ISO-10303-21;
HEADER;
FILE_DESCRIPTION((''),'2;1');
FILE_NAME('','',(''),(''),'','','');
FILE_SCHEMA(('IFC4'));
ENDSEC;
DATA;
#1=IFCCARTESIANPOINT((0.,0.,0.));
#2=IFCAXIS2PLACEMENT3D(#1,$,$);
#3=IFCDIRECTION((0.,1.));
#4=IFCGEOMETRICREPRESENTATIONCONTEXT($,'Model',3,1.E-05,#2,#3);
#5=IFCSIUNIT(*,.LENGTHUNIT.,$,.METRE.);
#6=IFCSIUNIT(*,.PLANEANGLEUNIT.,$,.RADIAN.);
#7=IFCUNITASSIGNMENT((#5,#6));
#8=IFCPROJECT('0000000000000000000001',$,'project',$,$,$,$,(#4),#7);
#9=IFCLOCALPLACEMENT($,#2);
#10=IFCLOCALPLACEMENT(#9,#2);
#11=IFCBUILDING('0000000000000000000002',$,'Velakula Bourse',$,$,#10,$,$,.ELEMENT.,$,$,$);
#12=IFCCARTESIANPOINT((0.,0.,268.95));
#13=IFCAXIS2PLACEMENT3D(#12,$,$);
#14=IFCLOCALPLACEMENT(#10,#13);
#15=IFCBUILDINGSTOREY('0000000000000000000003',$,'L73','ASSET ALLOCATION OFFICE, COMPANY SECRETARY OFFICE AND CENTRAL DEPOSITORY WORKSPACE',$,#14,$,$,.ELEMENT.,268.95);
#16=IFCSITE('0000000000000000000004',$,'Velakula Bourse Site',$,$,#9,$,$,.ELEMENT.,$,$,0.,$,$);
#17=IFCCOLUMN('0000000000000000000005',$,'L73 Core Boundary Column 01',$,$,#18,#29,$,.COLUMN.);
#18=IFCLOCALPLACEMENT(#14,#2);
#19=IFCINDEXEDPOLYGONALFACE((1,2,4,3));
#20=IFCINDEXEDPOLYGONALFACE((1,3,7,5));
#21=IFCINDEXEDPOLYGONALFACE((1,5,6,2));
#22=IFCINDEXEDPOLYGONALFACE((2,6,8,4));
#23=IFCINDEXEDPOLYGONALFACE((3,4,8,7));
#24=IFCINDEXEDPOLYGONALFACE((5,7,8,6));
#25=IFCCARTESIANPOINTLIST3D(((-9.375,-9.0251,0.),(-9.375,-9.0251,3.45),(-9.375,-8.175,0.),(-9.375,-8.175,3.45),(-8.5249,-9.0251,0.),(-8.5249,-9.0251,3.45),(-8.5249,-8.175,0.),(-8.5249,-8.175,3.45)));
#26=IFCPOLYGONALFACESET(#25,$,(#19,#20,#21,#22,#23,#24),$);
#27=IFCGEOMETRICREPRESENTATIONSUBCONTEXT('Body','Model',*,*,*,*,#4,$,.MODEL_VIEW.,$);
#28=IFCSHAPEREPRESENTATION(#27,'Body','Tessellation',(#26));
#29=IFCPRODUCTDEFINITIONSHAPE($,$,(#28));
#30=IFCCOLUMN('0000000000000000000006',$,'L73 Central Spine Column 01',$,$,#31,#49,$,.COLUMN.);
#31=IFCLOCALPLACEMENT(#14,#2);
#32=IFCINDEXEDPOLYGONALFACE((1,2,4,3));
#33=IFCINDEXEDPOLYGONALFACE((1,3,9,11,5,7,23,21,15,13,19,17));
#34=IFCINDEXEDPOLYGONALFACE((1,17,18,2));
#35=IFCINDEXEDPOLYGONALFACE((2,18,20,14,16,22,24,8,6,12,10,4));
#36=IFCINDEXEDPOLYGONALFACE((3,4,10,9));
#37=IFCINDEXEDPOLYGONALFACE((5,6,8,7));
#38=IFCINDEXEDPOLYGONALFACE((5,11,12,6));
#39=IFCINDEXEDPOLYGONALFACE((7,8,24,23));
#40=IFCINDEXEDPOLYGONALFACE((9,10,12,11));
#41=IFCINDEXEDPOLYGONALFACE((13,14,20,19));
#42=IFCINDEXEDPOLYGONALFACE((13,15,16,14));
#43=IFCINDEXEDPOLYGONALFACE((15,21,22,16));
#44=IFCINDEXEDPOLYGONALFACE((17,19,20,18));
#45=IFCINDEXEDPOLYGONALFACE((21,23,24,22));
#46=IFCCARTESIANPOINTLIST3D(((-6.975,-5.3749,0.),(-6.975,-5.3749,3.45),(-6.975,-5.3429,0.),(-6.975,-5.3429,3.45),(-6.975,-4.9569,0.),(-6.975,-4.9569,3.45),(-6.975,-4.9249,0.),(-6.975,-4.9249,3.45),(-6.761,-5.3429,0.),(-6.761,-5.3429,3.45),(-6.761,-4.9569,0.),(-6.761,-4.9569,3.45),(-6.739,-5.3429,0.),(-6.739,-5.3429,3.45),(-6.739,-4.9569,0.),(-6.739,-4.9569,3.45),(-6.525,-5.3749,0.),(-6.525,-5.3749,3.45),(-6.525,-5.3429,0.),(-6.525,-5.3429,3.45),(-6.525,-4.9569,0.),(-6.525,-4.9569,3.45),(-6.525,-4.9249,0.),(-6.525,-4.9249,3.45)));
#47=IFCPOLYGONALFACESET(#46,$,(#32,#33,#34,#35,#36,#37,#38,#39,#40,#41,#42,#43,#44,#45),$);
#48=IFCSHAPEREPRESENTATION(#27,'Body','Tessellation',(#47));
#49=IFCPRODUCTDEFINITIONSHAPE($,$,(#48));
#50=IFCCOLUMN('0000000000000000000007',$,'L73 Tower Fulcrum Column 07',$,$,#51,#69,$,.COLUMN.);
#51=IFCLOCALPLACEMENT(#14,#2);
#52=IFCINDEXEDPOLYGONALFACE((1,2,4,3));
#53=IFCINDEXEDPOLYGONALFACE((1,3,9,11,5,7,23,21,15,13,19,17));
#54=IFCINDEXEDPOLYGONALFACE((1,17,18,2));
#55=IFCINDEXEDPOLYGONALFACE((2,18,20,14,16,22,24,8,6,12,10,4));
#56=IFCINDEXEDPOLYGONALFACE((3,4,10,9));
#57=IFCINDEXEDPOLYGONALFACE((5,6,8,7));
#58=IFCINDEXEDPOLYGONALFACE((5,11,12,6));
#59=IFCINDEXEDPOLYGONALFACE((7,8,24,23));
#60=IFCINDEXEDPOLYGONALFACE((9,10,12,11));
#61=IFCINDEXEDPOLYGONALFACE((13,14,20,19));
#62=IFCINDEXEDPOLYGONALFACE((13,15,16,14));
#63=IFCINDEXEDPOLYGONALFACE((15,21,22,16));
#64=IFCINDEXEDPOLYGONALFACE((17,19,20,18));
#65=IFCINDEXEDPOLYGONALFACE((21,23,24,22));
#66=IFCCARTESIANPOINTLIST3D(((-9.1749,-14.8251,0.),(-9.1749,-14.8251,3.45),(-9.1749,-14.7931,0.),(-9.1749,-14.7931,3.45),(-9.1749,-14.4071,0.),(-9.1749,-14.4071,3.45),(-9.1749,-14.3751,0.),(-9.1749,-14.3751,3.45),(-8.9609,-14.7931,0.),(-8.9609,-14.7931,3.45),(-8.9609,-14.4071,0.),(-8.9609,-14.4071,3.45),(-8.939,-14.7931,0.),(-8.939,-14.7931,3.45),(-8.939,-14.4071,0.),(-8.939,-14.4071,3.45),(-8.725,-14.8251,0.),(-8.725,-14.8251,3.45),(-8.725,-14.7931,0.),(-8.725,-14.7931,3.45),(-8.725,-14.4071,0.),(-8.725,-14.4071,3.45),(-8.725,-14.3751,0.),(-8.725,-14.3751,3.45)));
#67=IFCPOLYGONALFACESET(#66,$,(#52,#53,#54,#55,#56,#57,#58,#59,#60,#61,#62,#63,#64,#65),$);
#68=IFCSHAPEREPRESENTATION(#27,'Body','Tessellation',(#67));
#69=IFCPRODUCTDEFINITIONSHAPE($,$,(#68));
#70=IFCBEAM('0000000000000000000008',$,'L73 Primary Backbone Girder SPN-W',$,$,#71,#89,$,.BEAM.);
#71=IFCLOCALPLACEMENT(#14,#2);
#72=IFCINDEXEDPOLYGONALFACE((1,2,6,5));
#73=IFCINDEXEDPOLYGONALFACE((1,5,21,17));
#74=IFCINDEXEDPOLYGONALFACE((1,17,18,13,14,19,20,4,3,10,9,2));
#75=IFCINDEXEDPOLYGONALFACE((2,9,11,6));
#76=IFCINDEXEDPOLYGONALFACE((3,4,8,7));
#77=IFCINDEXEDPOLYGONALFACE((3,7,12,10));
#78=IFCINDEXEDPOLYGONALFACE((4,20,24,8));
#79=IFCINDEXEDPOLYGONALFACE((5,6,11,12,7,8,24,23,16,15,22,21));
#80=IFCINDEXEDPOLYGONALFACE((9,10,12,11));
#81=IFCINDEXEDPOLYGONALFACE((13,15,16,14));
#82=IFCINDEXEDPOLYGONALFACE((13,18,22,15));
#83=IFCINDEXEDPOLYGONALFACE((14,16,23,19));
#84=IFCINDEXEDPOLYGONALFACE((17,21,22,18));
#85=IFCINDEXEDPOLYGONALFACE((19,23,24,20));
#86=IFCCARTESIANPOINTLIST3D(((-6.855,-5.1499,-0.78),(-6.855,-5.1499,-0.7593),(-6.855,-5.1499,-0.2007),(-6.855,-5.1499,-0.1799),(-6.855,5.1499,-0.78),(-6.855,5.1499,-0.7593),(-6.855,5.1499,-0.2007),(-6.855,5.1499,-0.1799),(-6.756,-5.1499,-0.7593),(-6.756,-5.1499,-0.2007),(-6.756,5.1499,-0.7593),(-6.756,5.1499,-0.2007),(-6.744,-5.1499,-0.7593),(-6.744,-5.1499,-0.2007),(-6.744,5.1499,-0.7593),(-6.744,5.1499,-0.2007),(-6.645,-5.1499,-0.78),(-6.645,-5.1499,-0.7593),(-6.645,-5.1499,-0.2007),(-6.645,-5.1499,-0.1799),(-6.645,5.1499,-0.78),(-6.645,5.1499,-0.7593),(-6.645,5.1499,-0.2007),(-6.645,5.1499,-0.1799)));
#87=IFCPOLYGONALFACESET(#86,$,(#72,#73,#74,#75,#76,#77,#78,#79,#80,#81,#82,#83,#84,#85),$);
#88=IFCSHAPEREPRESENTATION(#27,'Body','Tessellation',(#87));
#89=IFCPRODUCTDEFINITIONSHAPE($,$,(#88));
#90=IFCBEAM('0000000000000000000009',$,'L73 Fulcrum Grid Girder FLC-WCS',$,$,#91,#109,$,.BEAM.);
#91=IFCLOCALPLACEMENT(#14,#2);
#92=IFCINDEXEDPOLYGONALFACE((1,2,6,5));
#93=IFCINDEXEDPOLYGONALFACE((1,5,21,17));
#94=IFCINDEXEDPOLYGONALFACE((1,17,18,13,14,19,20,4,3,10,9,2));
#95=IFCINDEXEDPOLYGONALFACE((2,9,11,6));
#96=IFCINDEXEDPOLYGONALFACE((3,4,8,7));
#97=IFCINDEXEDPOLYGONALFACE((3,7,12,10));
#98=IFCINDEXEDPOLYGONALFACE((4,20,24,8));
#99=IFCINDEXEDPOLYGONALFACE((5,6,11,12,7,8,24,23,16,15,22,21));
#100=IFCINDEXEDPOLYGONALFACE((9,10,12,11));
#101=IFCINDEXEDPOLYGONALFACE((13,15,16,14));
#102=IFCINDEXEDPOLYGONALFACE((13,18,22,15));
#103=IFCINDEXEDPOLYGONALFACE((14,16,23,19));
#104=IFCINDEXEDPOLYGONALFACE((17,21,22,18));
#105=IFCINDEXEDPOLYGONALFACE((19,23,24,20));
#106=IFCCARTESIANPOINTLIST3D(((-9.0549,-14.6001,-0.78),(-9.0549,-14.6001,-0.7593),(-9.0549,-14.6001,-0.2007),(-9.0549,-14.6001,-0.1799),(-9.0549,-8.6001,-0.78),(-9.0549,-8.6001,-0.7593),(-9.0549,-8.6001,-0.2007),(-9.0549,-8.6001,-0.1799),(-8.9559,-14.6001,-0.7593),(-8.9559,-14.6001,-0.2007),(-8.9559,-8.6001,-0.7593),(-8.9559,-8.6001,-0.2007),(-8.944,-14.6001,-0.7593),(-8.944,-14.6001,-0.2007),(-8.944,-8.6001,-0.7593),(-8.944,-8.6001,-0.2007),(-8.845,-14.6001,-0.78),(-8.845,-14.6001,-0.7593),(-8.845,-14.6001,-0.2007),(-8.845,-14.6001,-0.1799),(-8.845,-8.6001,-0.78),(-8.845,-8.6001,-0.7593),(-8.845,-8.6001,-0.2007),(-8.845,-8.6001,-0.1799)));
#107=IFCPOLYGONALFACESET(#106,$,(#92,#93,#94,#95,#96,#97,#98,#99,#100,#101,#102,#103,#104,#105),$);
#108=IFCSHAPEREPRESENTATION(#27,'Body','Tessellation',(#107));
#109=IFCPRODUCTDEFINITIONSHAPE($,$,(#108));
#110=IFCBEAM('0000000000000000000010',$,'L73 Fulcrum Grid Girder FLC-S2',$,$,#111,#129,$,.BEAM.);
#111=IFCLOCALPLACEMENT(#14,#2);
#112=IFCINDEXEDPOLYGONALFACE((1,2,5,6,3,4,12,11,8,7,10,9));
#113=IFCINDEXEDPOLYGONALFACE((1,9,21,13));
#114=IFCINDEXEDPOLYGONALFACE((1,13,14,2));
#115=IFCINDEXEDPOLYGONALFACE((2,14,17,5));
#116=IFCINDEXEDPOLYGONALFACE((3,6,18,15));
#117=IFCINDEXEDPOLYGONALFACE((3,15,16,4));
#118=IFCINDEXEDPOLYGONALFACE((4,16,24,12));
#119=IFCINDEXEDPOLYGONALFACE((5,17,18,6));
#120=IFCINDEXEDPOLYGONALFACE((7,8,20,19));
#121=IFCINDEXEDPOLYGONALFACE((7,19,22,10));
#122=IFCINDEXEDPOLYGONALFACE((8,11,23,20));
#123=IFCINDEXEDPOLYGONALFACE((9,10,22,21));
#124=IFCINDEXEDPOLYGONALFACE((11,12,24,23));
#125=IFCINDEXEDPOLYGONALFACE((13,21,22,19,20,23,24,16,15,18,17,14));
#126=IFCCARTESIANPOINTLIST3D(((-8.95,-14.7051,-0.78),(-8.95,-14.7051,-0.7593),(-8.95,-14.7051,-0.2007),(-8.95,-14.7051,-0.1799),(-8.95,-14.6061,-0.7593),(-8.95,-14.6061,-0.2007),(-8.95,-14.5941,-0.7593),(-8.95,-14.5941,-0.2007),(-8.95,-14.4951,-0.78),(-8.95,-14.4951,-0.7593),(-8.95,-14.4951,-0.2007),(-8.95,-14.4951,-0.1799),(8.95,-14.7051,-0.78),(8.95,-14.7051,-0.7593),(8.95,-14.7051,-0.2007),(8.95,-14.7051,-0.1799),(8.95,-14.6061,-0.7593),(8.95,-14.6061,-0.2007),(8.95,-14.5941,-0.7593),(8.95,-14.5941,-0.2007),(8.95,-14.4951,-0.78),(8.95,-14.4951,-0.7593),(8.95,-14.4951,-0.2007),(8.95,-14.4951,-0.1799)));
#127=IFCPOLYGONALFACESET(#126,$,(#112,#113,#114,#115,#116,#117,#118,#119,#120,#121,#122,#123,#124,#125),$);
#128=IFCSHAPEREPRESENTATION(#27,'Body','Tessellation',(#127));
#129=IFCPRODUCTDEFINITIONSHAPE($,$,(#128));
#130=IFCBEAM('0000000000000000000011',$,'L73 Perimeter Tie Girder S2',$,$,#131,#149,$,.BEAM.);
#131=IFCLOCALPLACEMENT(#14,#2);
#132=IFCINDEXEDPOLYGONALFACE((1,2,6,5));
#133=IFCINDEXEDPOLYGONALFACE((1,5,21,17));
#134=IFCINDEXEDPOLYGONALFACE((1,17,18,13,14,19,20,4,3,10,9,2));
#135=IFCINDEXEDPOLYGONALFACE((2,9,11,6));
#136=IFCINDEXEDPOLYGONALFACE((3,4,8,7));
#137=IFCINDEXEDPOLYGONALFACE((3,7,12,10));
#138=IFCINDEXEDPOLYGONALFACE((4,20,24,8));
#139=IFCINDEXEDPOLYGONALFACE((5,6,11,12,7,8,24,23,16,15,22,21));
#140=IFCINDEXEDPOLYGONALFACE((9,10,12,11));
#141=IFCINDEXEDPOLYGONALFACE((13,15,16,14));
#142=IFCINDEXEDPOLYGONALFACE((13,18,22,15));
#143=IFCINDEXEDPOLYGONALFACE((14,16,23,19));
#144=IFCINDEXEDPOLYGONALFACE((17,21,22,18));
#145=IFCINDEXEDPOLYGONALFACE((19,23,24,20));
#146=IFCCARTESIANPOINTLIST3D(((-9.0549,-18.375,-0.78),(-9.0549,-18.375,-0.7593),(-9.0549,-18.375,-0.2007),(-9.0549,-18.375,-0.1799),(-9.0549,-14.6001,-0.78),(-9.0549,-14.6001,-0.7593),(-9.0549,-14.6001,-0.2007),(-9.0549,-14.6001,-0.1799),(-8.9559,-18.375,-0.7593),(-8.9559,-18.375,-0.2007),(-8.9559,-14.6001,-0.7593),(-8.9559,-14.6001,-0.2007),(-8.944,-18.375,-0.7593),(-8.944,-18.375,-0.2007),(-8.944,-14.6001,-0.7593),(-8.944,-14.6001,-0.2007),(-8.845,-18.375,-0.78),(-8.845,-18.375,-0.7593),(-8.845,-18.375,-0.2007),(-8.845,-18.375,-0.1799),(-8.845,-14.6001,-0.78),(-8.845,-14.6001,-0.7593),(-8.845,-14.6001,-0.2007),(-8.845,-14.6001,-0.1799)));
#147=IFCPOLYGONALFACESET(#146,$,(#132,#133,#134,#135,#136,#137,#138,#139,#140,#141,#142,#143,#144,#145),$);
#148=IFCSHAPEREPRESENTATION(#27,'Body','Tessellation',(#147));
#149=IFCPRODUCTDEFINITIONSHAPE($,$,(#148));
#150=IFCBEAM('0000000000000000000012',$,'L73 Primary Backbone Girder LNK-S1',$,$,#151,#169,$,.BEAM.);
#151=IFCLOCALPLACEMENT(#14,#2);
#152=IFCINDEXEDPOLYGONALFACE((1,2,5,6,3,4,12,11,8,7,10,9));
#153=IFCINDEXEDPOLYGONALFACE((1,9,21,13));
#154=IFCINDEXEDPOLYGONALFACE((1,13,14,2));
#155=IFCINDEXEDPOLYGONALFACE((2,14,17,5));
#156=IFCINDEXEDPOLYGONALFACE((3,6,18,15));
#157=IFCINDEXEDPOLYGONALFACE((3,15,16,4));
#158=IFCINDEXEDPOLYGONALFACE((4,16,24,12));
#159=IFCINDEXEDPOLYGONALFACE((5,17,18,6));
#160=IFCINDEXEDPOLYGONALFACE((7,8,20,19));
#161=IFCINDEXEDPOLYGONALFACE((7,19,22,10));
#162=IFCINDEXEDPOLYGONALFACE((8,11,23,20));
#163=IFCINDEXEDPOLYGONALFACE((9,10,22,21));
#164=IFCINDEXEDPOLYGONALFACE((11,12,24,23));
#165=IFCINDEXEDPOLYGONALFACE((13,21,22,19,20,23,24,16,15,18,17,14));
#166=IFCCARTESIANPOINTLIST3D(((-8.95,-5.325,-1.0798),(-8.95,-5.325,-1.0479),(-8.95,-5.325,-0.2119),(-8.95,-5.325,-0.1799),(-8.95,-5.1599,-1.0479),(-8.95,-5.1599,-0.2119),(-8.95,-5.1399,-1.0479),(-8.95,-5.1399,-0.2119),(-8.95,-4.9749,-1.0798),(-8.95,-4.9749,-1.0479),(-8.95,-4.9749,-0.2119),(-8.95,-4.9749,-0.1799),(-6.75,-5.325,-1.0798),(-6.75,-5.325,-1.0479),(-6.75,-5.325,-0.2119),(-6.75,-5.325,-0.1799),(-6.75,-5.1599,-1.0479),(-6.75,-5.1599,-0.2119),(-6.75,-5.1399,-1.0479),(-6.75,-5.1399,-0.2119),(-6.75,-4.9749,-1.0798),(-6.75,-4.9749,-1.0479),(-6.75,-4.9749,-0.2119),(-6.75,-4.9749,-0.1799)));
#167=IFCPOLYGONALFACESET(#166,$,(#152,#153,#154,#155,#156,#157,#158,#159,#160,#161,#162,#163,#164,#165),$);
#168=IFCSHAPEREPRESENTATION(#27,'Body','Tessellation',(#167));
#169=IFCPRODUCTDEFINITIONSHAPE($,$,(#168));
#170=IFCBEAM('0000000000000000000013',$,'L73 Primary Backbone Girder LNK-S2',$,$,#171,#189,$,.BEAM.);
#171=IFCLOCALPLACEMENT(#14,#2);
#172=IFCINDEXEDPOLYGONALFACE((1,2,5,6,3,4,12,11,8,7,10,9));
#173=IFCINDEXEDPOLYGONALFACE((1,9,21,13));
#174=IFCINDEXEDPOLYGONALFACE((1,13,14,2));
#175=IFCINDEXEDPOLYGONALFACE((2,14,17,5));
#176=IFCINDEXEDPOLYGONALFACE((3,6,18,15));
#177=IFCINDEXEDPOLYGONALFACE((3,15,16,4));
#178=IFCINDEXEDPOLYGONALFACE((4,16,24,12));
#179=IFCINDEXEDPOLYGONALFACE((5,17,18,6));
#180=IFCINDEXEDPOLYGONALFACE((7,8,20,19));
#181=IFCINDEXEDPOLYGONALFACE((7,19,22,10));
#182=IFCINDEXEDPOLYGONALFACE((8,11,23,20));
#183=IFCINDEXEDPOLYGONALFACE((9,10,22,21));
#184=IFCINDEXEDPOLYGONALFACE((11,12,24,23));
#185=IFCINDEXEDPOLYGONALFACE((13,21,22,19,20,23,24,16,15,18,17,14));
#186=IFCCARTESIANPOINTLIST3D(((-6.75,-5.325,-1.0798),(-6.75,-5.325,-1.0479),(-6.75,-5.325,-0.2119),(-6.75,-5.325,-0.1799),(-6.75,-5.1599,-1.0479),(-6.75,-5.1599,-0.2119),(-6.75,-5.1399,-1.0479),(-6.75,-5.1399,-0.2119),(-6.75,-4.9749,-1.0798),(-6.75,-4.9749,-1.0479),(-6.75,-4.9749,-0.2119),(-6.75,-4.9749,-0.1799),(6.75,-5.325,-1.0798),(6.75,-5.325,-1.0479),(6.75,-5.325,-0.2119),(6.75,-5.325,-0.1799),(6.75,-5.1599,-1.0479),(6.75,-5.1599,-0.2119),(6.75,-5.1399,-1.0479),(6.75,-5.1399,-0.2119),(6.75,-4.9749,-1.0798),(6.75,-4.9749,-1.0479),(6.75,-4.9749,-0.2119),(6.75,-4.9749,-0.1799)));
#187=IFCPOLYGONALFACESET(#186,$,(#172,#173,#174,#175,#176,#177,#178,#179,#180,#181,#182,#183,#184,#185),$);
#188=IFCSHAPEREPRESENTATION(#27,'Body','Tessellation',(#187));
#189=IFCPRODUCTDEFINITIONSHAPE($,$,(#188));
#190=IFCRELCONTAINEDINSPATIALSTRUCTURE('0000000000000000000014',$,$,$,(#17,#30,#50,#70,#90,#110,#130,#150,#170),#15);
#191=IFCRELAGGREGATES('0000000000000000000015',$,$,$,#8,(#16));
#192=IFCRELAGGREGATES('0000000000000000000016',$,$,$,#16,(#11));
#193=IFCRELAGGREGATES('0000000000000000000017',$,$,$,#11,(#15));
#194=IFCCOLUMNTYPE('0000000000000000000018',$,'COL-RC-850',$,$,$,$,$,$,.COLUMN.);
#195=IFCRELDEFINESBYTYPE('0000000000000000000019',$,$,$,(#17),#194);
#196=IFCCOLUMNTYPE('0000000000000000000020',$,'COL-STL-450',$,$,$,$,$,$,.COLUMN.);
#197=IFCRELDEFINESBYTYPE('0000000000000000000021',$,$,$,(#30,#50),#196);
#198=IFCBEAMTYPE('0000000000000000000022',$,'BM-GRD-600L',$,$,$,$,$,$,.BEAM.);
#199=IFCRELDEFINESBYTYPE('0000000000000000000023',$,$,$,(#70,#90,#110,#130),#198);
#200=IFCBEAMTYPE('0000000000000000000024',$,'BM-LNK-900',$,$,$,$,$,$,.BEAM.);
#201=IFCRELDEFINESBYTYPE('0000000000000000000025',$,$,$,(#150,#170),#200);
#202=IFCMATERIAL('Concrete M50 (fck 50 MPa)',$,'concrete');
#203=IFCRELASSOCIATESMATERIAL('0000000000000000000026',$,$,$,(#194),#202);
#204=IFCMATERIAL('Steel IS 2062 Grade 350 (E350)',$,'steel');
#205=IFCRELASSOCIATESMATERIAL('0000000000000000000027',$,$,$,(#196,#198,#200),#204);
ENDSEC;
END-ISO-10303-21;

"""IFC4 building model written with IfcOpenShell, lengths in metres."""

from ifc_helpers import new_model, si_unit, direction, frame, origin, origin_2d, place, context, subcontext, project, spatial, rectangle, i_section, extrude, material, material_profile, profile_set, type_object, element, save


model = new_model("IFC4")

# Units and contexts
model_context = context("Model", 3, precision=1e-05, world=origin(), true_north=direction((0.0, 1.0)))
body_context = subcontext(model_context, "Body", "Model", "MODEL_VIEW")
ifc_project = project(units=[si_unit("LENGTHUNIT", "METRE"), si_unit("PLANEANGLEUNIT", "RADIAN")], contexts=[model_context])

# Site, building, storey
site_placement = place(None, origin())
site = spatial("IfcSite", under=ifc_project, at=site_placement, Name="Velakula Bourse Site", CompositionType="ELEMENT", RefElevation=0.0)
building_placement = place(site_placement, origin())
building = spatial("IfcBuilding", under=site, at=building_placement, Name="Velakula Bourse", CompositionType="ELEMENT")
storey_placement = place(building_placement, frame((0.0, 0.0, 268.95)))
storey = spatial("IfcBuildingStorey", under=building, at=storey_placement, Name="L73", Description="ASSET ALLOCATION OFFICE, COMPANY SECRETARY OFFICE AND CENTRAL DEPOSITORY WORKSPACE", CompositionType="ELEMENT", Elevation=268.95)

# Columns
ifc_material_1 = material(Name="Concrete M50 (fck 50 MPa)", Category="concrete")
ifc_material_profile_1 = material_profile(ifc_material_1, rectangle(XDim=0.8501, YDim=0.8501, at=origin_2d()), Name="Concrete M50 (fck 50 MPa)")
ifc_profile_set_1 = profile_set([ifc_material_profile_1], Name="Concrete M50 (fck 50 MPa)")
column_type_1 = type_object("IfcColumnType", Name="COL-RC-850", PredefinedType="COLUMN", material=ifc_profile_set_1)
column_placement = place(storey_placement, frame((-8.95, -8.6001, 0.0), z_axis=(0.0, 0.0, 1.0), x_axis=(1.0, 0.0, 0.0)))
element("IfcColumn", 1, at=column_placement, inside=storey, type_object=column_type_1, Name="L73 Core Boundary Column 01", PredefinedType="COLUMN", context=body_context, shape_type="SweptSolid", body=[
    extrude(rectangle(XDim=0.8501, YDim=0.8501, at=origin_2d()), origin(), (0.0, 0.0, 1.0), 3.45),
])
ifc_material_2 = material(Name="Steel IS 2062 Grade 350 (E350)", Category="steel")
ifc_material_profile_2 = material_profile(ifc_material_2, i_section(OverallWidth=0.45, OverallDepth=0.45, WebThickness=0.022, FlangeThickness=0.032, at=origin_2d()), Name="Steel IS 2062 Grade 350 (E350)")
ifc_profile_set_2 = profile_set([ifc_material_profile_2], Name="Steel IS 2062 Grade 350 (E350)")
column_type_2 = type_object("IfcColumnType", Name="COL-STL-450", PredefinedType="COLUMN", material=ifc_profile_set_2)
for number, where, z_axis, x_axis, name in (
    (2, (-6.75, -5.1499, 0.0), (0.0, 0.0, 1.0), (1.0, 0.0, 0.0), "L73 Central Spine Column 01"),
    (3, (-8.95, -14.6001, 0.0), (0.0, 0.0, 1.0), (1.0, 0.0, 0.0), "L73 Tower Fulcrum Column 07"),
):
    element("IfcColumn", number, at=place(storey_placement, frame(where, z_axis=z_axis, x_axis=x_axis)), inside=storey, type_object=column_type_2, Name=name, PredefinedType="COLUMN", context=body_context, shape_type="SweptSolid", body=[
        extrude(i_section(OverallWidth=0.45, OverallDepth=0.45, WebThickness=0.022, FlangeThickness=0.032, at=origin_2d()), origin(), (0.0, 0.0, 1.0), 3.45),
    ])

# Beams
ifc_material_profile_3 = material_profile(ifc_material_2, i_section(OverallWidth=0.21, OverallDepth=0.6001, WebThickness=0.012, FlangeThickness=0.0208, at=origin_2d()), Name="Steel IS 2062 Grade 350 (E350)")
ifc_profile_set_3 = profile_set([ifc_material_profile_3], Name="Steel IS 2062 Grade 350 (E350)")
beam_type_1 = type_object("IfcBeamType", Name="BM-GRD-600L", PredefinedType="BEAM", material=ifc_profile_set_3)
beam_1_placement = place(storey_placement, frame((-6.75, -5.1499, -0.48), z_axis=(0.0, 1.0, 0.0), x_axis=(-1.0, 0.0, 0.0)))
element("IfcBeam", 4, at=beam_1_placement, inside=storey, type_object=beam_type_1, Name="L73 Primary Backbone Girder SPN-W", PredefinedType="BEAM", context=body_context, shape_type="SweptSolid", body=[
    extrude(i_section(OverallWidth=0.21, OverallDepth=0.6001, WebThickness=0.012, FlangeThickness=0.0208, at=origin_2d()), origin(), (0.0, 0.0, 1.0), 10.2998),
])
beam_2_placement = place(storey_placement, frame((-8.95, -14.6001, -0.48), z_axis=(0.0, 1.0, 0.0), x_axis=(-1.0, 0.0, 0.0)))
element("IfcBeam", 5, at=beam_2_placement, inside=storey, type_object=beam_type_1, Name="L73 Fulcrum Grid Girder FLC-WCS", PredefinedType="BEAM", context=body_context, shape_type="SweptSolid", body=[
    extrude(i_section(OverallWidth=0.21, OverallDepth=0.6001, WebThickness=0.012, FlangeThickness=0.0208, at=origin_2d()), origin(), (0.0, 0.0, 1.0), 6.0),
])
beam_3_placement = place(storey_placement, frame((-8.95, -14.6001, -0.48), z_axis=(1.0, 0.0, 0.0), x_axis=(0.0, 1.0, 0.0)))
element("IfcBeam", 6, at=beam_3_placement, inside=storey, type_object=beam_type_1, Name="L73 Fulcrum Grid Girder FLC-S2", PredefinedType="BEAM", context=body_context, shape_type="SweptSolid", body=[
    extrude(i_section(OverallWidth=0.21, OverallDepth=0.6001, WebThickness=0.012, FlangeThickness=0.0208, at=origin_2d()), origin(), (0.0, 0.0, 1.0), 17.8999),
])
beam_4_placement = place(storey_placement, frame((-8.95, -14.6001, -0.48), z_axis=(0.0, -1.0, 0.0), x_axis=(1.0, 0.0, 0.0)))
element("IfcBeam", 7, at=beam_4_placement, inside=storey, type_object=beam_type_1, Name="L73 Perimeter Tie Girder S2", PredefinedType="BEAM", context=body_context, shape_type="SweptSolid", body=[
    extrude(i_section(OverallWidth=0.21, OverallDepth=0.6001, WebThickness=0.012, FlangeThickness=0.0208, at=origin_2d()), origin(), (0.0, 0.0, 1.0), 3.7749),
])
ifc_material_profile_4 = material_profile(ifc_material_2, i_section(OverallWidth=0.3501, OverallDepth=0.8999, WebThickness=0.02, FlangeThickness=0.032, at=origin_2d()), Name="Steel IS 2062 Grade 350 (E350)")
ifc_profile_set_4 = profile_set([ifc_material_profile_4], Name="Steel IS 2062 Grade 350 (E350)")
beam_type_2 = type_object("IfcBeamType", Name="BM-LNK-900", PredefinedType="BEAM", material=ifc_profile_set_4)
beam_5_placement = place(storey_placement, frame((-8.95, -5.1499, -0.6299), z_axis=(1.0, 0.0, 0.0), x_axis=(0.0, 1.0, 0.0)))
element("IfcBeam", 8, at=beam_5_placement, inside=storey, type_object=beam_type_2, Name="L73 Primary Backbone Girder LNK-S1", PredefinedType="BEAM", context=body_context, shape_type="SweptSolid", body=[
    extrude(i_section(OverallWidth=0.3501, OverallDepth=0.8999, WebThickness=0.02, FlangeThickness=0.032, at=origin_2d()), origin(), (0.0, 0.0, 1.0), 2.2),
])
beam_6_placement = place(storey_placement, frame((-6.75, -5.1499, -0.6299), z_axis=(1.0, 0.0, 0.0), x_axis=(0.0, 1.0, 0.0)))
element("IfcBeam", 9, at=beam_6_placement, inside=storey, type_object=beam_type_2, Name="L73 Primary Backbone Girder LNK-S2", PredefinedType="BEAM", context=body_context, shape_type="SweptSolid", body=[
    extrude(i_section(OverallWidth=0.3501, OverallDepth=0.8999, WebThickness=0.02, FlangeThickness=0.032, at=origin_2d()), origin(), (0.0, 0.0, 1.0), 13.5),
])

save(model, "model.ifc")
